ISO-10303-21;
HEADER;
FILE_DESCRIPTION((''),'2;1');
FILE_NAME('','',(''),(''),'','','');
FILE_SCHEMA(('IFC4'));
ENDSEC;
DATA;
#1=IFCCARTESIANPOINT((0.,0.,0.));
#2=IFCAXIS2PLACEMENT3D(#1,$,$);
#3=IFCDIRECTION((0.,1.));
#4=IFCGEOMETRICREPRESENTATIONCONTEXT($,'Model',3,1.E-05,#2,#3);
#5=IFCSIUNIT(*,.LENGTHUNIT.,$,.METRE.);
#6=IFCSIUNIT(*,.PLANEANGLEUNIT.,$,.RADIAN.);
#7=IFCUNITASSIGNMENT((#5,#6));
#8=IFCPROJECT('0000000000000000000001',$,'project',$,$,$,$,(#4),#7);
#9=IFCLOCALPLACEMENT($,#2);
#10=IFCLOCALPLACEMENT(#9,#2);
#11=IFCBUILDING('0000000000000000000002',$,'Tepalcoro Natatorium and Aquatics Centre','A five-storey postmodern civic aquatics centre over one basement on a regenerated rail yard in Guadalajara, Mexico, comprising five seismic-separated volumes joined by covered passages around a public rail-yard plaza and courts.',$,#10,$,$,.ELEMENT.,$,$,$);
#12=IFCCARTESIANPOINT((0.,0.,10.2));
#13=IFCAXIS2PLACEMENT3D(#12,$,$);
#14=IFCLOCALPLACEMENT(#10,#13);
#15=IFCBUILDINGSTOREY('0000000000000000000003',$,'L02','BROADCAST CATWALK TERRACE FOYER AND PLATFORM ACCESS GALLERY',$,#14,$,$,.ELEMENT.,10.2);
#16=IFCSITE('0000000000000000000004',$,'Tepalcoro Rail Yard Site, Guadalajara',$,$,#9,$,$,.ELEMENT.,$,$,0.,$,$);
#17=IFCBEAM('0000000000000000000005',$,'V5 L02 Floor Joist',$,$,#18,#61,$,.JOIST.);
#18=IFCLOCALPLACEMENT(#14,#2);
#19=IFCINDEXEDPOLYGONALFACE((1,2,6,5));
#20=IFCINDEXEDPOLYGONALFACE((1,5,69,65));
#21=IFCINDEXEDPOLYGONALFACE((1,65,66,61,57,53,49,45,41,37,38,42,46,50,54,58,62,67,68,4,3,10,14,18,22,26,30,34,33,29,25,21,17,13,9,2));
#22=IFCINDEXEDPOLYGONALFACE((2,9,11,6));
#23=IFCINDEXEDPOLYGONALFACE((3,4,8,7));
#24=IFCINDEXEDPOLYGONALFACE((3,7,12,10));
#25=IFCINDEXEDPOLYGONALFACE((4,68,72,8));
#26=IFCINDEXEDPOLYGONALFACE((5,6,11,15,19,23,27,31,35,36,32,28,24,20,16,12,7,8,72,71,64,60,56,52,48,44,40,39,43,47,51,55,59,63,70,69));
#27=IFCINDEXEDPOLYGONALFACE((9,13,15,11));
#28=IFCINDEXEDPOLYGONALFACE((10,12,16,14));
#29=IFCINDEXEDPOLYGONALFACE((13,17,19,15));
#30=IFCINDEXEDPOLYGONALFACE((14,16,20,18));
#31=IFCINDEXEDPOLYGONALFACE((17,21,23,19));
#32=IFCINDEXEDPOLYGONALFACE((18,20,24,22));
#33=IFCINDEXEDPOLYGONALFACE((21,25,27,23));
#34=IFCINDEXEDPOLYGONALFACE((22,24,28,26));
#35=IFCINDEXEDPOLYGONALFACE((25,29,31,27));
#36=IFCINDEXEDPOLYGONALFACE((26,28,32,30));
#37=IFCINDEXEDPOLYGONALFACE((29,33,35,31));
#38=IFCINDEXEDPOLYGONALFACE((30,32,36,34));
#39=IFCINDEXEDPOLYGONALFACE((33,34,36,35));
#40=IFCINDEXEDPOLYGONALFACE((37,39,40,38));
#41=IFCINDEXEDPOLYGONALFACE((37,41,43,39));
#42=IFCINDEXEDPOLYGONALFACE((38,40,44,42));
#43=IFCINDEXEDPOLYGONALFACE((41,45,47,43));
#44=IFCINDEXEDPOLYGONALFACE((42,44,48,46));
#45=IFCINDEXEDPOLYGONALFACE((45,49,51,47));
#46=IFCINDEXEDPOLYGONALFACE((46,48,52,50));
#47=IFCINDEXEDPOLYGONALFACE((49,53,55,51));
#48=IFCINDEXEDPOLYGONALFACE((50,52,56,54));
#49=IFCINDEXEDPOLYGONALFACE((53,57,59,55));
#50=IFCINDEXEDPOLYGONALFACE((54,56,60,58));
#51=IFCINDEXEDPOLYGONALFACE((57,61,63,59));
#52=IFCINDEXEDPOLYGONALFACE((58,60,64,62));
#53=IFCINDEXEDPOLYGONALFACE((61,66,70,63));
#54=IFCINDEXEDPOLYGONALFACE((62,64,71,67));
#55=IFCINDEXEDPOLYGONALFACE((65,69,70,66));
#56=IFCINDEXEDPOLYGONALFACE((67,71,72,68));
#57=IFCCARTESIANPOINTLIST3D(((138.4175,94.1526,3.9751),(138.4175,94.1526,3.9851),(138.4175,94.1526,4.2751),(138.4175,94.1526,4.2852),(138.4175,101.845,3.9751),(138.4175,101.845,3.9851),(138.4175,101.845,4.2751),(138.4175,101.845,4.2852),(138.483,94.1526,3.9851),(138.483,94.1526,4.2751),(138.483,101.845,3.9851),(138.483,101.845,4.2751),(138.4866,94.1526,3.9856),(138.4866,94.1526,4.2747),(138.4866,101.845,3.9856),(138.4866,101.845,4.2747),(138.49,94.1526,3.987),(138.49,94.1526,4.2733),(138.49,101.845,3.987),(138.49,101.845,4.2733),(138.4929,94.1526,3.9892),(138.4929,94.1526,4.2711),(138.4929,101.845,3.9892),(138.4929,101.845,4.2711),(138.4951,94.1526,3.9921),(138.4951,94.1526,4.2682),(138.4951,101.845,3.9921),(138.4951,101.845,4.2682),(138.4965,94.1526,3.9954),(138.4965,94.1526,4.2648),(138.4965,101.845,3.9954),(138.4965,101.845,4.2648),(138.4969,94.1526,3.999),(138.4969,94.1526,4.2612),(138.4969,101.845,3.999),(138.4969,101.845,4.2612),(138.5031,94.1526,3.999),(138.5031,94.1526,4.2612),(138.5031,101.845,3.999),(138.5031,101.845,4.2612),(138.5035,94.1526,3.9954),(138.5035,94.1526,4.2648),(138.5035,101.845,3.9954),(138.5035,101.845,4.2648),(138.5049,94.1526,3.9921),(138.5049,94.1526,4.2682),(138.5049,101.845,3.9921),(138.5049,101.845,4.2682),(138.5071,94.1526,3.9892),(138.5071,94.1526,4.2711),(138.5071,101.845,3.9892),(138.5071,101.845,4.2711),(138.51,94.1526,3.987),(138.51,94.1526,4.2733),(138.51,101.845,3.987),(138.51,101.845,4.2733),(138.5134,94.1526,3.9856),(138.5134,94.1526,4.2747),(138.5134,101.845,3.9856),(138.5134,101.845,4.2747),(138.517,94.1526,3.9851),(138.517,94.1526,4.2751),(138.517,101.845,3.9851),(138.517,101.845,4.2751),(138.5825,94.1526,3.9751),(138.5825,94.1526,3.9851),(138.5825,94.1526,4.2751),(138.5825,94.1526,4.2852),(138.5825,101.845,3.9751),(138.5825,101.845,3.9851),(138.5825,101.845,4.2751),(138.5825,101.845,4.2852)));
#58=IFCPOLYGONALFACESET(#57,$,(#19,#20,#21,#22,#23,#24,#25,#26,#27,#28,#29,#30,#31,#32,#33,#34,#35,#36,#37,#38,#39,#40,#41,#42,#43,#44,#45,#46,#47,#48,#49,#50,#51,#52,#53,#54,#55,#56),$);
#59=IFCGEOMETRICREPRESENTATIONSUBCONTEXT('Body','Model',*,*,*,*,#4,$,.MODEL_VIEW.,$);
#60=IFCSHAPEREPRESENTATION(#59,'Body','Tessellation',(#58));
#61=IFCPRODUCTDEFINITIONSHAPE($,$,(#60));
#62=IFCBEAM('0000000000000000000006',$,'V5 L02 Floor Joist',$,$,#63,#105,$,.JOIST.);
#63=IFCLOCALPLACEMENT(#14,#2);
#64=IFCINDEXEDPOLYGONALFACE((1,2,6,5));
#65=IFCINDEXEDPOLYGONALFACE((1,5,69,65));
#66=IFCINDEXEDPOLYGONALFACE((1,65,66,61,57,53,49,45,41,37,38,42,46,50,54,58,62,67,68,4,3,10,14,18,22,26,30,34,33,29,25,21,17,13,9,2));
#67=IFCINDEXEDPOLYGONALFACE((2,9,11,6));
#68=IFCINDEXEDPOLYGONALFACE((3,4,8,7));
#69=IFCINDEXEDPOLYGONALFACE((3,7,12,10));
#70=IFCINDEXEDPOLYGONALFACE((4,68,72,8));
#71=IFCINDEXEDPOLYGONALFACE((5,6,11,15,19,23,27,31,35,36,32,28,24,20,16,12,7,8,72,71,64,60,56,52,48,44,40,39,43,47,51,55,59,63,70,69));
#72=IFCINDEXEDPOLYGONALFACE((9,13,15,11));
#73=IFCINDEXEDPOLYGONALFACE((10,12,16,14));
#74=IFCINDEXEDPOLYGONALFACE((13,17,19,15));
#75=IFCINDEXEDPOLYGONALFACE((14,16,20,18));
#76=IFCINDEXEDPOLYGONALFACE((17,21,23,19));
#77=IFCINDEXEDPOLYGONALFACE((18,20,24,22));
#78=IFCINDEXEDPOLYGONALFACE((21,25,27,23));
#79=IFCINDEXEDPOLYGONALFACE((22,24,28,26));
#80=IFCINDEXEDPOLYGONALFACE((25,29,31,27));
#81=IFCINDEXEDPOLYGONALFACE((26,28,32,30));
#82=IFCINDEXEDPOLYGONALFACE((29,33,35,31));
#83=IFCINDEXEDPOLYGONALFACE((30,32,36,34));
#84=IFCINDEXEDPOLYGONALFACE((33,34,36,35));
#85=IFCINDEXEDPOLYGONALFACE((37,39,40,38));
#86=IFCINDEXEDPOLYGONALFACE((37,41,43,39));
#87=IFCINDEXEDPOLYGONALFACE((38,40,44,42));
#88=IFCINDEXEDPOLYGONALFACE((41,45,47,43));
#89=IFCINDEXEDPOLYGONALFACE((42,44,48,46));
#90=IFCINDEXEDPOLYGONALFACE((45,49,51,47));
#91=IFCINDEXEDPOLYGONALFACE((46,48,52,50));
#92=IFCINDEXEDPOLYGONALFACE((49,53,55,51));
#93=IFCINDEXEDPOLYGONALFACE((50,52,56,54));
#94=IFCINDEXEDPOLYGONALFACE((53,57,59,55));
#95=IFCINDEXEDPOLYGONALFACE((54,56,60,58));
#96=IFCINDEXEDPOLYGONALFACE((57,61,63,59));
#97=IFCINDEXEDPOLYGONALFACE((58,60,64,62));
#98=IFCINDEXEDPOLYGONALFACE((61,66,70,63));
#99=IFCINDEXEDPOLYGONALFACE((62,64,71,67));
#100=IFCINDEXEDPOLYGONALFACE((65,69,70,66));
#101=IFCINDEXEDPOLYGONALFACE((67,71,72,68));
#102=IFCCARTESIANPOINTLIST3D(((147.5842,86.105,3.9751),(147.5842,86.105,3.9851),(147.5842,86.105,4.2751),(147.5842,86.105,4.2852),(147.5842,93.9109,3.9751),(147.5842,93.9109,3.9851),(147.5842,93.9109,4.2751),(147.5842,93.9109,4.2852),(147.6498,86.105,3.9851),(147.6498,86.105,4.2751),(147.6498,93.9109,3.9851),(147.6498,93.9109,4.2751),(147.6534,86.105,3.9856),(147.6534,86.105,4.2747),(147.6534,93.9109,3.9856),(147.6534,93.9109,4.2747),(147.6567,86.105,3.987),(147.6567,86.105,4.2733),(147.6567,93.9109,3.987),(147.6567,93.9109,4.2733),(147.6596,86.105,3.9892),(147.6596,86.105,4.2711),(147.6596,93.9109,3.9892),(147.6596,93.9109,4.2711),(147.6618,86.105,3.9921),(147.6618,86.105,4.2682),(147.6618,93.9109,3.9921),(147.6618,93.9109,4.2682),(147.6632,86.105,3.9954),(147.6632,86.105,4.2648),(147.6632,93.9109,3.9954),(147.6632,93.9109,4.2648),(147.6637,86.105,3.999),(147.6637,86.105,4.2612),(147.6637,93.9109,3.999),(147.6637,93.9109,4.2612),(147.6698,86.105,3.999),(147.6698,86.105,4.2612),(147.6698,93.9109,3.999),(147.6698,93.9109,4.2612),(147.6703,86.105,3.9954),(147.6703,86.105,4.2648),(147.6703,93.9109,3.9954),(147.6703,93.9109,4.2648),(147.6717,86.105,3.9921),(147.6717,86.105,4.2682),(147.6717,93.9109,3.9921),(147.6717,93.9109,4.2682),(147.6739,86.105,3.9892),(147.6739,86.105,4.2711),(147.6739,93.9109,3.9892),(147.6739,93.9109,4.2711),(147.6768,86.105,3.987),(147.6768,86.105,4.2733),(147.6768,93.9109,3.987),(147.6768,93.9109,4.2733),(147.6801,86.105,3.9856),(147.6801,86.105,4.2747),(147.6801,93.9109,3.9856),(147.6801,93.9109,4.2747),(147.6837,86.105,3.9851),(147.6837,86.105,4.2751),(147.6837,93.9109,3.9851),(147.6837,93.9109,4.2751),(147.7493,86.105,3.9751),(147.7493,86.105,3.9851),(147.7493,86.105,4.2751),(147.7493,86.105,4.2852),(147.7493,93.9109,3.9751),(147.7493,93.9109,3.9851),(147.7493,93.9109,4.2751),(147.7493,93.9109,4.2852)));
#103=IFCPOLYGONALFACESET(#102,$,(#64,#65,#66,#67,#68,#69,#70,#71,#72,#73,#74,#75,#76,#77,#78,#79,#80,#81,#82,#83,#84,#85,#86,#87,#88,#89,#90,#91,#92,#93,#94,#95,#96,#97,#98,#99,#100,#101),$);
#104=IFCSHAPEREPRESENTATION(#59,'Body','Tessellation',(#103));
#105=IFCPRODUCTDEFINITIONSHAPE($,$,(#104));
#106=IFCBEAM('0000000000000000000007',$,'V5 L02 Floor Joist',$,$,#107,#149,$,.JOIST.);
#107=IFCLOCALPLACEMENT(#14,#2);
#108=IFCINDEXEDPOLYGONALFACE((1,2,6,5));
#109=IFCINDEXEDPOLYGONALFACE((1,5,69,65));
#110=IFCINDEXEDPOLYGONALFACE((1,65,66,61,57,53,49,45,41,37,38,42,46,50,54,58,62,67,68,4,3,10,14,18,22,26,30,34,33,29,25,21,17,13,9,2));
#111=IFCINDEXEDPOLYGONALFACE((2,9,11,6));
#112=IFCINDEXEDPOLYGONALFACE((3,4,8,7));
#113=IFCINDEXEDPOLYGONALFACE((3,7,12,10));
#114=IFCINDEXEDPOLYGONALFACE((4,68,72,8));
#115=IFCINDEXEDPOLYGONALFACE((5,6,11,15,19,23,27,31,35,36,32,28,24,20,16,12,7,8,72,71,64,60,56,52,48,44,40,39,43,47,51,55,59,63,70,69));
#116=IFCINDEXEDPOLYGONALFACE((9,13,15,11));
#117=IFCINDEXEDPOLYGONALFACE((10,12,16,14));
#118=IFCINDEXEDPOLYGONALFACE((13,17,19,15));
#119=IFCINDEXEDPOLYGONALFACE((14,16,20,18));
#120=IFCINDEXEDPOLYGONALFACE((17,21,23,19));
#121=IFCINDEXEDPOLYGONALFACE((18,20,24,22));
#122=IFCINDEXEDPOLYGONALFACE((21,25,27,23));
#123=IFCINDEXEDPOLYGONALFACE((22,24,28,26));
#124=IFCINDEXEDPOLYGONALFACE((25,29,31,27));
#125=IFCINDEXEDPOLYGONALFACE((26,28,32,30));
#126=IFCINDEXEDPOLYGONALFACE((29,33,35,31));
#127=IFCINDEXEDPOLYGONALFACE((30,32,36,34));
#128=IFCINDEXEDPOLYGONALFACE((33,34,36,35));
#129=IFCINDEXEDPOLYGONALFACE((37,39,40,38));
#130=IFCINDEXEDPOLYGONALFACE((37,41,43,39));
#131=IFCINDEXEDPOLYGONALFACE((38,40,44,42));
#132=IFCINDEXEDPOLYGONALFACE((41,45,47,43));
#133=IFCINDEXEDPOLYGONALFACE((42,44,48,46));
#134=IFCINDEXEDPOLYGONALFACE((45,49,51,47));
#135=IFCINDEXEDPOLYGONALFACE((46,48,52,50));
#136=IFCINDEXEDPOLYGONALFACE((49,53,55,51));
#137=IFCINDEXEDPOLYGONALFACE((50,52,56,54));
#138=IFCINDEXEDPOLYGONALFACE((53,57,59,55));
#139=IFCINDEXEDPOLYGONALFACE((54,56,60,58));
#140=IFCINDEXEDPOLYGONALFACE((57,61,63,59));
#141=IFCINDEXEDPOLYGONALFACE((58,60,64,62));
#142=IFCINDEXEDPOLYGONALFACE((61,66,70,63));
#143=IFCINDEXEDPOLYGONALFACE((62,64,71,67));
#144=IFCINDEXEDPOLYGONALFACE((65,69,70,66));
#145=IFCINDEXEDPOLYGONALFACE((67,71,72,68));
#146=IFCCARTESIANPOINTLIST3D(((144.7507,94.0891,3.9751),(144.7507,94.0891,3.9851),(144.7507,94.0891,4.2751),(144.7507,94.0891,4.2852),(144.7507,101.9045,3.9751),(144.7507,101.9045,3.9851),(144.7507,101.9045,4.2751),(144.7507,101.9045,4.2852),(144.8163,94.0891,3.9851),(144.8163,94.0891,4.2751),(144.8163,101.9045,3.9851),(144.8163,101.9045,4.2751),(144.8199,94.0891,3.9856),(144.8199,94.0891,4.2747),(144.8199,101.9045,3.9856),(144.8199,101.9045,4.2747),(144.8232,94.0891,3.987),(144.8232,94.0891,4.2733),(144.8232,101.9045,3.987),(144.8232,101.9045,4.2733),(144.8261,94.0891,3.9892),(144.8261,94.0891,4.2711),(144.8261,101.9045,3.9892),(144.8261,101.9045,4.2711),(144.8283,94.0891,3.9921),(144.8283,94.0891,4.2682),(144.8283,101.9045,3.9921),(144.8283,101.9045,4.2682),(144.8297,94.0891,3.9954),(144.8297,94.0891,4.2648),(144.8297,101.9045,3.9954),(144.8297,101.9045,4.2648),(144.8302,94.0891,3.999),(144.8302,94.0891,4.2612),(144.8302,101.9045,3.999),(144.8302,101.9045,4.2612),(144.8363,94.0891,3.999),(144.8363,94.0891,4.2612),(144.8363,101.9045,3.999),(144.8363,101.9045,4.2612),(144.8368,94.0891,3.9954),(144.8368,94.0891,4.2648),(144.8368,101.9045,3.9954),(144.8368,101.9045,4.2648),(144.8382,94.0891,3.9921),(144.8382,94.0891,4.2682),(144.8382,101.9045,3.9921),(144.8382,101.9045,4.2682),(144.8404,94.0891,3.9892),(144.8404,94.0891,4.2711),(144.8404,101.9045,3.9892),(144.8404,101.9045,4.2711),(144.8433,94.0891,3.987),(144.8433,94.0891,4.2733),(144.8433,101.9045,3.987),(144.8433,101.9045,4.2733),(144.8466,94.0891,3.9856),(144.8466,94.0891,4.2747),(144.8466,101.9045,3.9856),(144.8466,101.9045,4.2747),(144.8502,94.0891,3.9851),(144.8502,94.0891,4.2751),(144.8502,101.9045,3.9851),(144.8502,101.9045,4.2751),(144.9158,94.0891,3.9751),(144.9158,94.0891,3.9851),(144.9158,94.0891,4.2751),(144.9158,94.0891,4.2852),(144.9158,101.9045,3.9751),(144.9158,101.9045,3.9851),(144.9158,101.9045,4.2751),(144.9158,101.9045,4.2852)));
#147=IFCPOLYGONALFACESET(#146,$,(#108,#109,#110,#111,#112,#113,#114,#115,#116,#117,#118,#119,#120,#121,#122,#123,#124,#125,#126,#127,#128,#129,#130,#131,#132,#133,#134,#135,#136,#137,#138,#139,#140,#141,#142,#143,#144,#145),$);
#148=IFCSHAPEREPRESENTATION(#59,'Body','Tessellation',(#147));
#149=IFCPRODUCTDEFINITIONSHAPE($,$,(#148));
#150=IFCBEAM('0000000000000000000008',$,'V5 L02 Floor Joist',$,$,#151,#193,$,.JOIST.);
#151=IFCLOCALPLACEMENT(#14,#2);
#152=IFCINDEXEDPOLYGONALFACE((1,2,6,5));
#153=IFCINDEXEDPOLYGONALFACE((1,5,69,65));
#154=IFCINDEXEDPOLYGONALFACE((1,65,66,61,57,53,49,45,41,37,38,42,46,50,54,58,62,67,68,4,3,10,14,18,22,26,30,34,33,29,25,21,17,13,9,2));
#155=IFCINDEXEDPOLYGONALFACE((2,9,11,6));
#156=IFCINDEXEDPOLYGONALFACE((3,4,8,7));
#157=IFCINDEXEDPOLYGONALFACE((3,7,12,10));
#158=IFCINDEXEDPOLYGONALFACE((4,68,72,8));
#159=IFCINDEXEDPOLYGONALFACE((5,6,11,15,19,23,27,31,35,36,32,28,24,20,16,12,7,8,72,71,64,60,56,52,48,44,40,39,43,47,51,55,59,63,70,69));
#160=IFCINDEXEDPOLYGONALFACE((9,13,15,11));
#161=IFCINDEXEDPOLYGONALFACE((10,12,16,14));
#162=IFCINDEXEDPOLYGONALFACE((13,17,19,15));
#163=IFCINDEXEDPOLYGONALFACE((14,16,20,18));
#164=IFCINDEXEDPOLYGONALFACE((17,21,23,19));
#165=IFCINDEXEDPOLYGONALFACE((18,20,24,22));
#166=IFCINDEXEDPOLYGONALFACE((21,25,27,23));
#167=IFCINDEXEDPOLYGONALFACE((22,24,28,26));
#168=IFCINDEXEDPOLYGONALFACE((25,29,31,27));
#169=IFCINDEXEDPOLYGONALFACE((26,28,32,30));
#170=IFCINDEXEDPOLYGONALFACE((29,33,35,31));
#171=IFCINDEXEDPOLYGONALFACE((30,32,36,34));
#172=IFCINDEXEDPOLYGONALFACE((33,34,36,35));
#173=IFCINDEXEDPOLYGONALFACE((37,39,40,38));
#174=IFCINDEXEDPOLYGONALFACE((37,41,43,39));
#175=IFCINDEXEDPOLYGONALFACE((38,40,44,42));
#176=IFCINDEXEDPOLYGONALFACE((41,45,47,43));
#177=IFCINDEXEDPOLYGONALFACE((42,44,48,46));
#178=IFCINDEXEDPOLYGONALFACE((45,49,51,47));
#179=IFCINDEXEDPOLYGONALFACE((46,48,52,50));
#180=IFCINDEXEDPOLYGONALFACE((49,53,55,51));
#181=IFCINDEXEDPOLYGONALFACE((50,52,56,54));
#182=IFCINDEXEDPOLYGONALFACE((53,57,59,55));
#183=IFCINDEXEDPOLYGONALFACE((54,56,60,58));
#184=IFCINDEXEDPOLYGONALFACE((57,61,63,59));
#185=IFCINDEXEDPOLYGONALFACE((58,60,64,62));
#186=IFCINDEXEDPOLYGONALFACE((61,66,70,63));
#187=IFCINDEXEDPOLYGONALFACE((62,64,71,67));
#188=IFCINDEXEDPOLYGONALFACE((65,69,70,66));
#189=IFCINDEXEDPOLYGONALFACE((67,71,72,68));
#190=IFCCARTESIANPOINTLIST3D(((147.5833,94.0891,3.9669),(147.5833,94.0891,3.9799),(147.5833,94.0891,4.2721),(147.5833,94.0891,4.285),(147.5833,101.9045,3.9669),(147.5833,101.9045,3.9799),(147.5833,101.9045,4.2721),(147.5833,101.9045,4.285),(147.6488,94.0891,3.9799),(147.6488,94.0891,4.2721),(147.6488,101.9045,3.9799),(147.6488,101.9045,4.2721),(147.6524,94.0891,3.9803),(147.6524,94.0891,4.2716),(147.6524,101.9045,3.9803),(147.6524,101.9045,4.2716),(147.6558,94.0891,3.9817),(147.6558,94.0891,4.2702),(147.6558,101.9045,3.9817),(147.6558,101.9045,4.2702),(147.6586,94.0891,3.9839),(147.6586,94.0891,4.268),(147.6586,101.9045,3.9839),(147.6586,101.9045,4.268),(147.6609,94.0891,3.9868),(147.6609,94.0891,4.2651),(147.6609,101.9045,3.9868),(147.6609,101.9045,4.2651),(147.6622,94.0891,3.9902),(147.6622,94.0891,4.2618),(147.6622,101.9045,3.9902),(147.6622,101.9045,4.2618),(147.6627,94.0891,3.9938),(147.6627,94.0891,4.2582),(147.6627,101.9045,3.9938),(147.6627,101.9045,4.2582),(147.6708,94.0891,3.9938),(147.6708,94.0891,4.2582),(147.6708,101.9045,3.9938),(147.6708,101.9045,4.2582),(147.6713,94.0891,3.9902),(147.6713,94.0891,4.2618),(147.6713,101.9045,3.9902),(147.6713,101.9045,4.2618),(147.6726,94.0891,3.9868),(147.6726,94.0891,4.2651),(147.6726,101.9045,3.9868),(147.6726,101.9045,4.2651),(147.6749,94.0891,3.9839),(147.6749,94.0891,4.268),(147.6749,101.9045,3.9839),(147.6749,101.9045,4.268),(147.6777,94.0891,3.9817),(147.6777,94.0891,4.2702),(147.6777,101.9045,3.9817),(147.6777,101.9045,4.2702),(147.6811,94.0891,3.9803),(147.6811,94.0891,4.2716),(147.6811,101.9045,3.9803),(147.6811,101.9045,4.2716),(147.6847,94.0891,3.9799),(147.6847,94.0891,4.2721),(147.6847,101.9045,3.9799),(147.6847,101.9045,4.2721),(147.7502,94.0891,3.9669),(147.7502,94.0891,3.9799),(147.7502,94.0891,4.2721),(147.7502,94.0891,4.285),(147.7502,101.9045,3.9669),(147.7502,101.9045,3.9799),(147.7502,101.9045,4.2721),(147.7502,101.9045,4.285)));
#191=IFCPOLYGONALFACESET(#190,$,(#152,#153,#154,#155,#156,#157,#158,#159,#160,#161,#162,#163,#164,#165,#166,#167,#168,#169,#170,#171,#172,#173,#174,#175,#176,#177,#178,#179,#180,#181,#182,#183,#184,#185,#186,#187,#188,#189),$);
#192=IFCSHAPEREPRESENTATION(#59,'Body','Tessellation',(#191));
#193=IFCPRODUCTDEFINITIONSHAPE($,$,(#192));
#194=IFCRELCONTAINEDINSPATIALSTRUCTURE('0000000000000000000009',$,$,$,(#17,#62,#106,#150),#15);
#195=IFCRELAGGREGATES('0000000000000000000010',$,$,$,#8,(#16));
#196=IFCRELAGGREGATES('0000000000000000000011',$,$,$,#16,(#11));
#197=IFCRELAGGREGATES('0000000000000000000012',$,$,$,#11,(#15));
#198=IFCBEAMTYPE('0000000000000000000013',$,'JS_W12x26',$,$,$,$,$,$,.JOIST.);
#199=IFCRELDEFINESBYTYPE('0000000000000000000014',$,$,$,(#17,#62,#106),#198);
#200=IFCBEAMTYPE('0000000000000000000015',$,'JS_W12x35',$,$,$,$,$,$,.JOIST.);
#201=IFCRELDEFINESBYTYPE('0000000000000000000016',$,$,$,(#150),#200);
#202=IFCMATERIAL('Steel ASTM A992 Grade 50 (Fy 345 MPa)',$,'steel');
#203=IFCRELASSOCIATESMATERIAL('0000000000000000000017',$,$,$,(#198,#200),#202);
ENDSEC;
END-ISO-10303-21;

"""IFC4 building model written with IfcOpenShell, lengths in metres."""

from ifc_helpers import new_model, si_unit, direction, frame, origin, origin_2d, place, context, subcontext, project, spatial, i_section, extrude, material, material_profile, profile_set, type_object, element, save


model = new_model("IFC4")

# Units and contexts
model_context = context("Model", 3, precision=1e-05, world=origin(), true_north=direction((0.0, 1.0)))
body_context = subcontext(model_context, "Body", "Model", "MODEL_VIEW")
ifc_project = project(units=[si_unit("LENGTHUNIT", "METRE"), si_unit("PLANEANGLEUNIT", "RADIAN")], contexts=[model_context])

# Site, building, storey
site_placement = place(None, origin())
site = spatial("IfcSite", under=ifc_project, at=site_placement, Name="Tepalcoro Rail Yard Site, Guadalajara", CompositionType="ELEMENT", RefElevation=0.0)
building_placement = place(site_placement, origin())
building = spatial("IfcBuilding", under=site, at=building_placement, Name="Tepalcoro Natatorium and Aquatics Centre", Description="A five-storey postmodern civic aquatics centre over one basement on a regenerated rail yard in Guadalajara, Mexico, comprising five seismic-separated volumes joined by covered passages around a public rail-yard plaza and courts.", CompositionType="ELEMENT")
storey_placement = place(building_placement, frame((0.0, 0.0, 10.2)))
storey = spatial("IfcBuildingStorey", under=building, at=storey_placement, Name="L02", Description="BROADCAST CATWALK TERRACE FOYER AND PLATFORM ACCESS GALLERY", CompositionType="ELEMENT", Elevation=10.2)

# Beams
ifc_material_1 = material(Name="Steel ASTM A992 Grade 50 (Fy 345 MPa)", Category="steel")
ifc_material_profile_1 = material_profile(ifc_material_1, i_section(OverallWidth=0.165, OverallDepth=0.3101, WebThickness=0.0061, FlangeThickness=0.01, FilletRadius=0.0139, at=origin_2d()), Name="W12X26")
ifc_profile_set_1 = profile_set([ifc_material_profile_1], Name="Steel ASTM A992 Grade 50 (Fy 345 MPa)")
beam_type_1 = type_object("IfcBeamType", Name="JS_W12x26", PredefinedType="JOIST", material=ifc_profile_set_1)
beam_1_placement = place(storey_placement, frame((138.5, 94.1526, 4.1301), z_axis=(0.0, 1.0, 0.0), x_axis=(-1.0, 0.0, 0.0)))
element("IfcBeam", 1, at=beam_1_placement, inside=storey, type_object=beam_type_1, Name="V5 L02 Floor Joist", PredefinedType="JOIST", context=body_context, shape_type="SweptSolid", body=[
    extrude(i_section(OverallWidth=0.165, OverallDepth=0.3101, WebThickness=0.0061, FlangeThickness=0.01, FilletRadius=0.0139, at=origin_2d()), origin(), (0.0, 0.0, 1.0), 7.6924),
])
beam_2_placement = place(storey_placement, frame((147.6667, 86.105, 4.1301), z_axis=(0.0, 1.0, 0.0), x_axis=(-1.0, 0.0, 0.0)))
element("IfcBeam", 2, at=beam_2_placement, inside=storey, type_object=beam_type_1, Name="V5 L02 Floor Joist", PredefinedType="JOIST", context=body_context, shape_type="SweptSolid", body=[
    extrude(i_section(OverallWidth=0.165, OverallDepth=0.3101, WebThickness=0.0061, FlangeThickness=0.01, FilletRadius=0.0139, at=origin_2d()), origin(), (0.0, 0.0, 1.0), 7.8059),
])
beam_3_placement = place(storey_placement, frame((144.8333, 94.0891, 4.1301), z_axis=(0.0, 1.0, 0.0), x_axis=(-1.0, 0.0, 0.0)))
element("IfcBeam", 3, at=beam_3_placement, inside=storey, type_object=beam_type_1, Name="V5 L02 Floor Joist", PredefinedType="JOIST", context=body_context, shape_type="SweptSolid", body=[
    extrude(i_section(OverallWidth=0.165, OverallDepth=0.3101, WebThickness=0.0061, FlangeThickness=0.01, FilletRadius=0.0139, at=origin_2d()), origin(), (0.0, 0.0, 1.0), 7.8154),
])
ifc_material_profile_2 = material_profile(ifc_material_1, i_section(OverallWidth=0.167, OverallDepth=0.3181, WebThickness=0.0081, FlangeThickness=0.0129, FilletRadius=0.0139, at=origin_2d()), Name="W12X35")
ifc_profile_set_2 = profile_set([ifc_material_profile_2], Name="Steel ASTM A992 Grade 50 (Fy 345 MPa)")
beam_type_2 = type_object("IfcBeamType", Name="JS_W12x35", PredefinedType="JOIST", material=ifc_profile_set_2)
beam_4_placement = place(storey_placement, frame((147.6667, 94.0891, 4.126), z_axis=(0.0, 1.0, 0.0), x_axis=(-1.0, 0.0, 0.0)))
element("IfcBeam", 4, at=beam_4_placement, inside=storey, type_object=beam_type_2, Name="V5 L02 Floor Joist", PredefinedType="JOIST", context=body_context, shape_type="SweptSolid", body=[
    extrude(i_section(OverallWidth=0.167, OverallDepth=0.3181, WebThickness=0.0081, FlangeThickness=0.0129, FilletRadius=0.0139, at=origin_2d()), origin(), (0.0, 0.0, 1.0), 7.8154),
])

save(model, "model.ifc")
